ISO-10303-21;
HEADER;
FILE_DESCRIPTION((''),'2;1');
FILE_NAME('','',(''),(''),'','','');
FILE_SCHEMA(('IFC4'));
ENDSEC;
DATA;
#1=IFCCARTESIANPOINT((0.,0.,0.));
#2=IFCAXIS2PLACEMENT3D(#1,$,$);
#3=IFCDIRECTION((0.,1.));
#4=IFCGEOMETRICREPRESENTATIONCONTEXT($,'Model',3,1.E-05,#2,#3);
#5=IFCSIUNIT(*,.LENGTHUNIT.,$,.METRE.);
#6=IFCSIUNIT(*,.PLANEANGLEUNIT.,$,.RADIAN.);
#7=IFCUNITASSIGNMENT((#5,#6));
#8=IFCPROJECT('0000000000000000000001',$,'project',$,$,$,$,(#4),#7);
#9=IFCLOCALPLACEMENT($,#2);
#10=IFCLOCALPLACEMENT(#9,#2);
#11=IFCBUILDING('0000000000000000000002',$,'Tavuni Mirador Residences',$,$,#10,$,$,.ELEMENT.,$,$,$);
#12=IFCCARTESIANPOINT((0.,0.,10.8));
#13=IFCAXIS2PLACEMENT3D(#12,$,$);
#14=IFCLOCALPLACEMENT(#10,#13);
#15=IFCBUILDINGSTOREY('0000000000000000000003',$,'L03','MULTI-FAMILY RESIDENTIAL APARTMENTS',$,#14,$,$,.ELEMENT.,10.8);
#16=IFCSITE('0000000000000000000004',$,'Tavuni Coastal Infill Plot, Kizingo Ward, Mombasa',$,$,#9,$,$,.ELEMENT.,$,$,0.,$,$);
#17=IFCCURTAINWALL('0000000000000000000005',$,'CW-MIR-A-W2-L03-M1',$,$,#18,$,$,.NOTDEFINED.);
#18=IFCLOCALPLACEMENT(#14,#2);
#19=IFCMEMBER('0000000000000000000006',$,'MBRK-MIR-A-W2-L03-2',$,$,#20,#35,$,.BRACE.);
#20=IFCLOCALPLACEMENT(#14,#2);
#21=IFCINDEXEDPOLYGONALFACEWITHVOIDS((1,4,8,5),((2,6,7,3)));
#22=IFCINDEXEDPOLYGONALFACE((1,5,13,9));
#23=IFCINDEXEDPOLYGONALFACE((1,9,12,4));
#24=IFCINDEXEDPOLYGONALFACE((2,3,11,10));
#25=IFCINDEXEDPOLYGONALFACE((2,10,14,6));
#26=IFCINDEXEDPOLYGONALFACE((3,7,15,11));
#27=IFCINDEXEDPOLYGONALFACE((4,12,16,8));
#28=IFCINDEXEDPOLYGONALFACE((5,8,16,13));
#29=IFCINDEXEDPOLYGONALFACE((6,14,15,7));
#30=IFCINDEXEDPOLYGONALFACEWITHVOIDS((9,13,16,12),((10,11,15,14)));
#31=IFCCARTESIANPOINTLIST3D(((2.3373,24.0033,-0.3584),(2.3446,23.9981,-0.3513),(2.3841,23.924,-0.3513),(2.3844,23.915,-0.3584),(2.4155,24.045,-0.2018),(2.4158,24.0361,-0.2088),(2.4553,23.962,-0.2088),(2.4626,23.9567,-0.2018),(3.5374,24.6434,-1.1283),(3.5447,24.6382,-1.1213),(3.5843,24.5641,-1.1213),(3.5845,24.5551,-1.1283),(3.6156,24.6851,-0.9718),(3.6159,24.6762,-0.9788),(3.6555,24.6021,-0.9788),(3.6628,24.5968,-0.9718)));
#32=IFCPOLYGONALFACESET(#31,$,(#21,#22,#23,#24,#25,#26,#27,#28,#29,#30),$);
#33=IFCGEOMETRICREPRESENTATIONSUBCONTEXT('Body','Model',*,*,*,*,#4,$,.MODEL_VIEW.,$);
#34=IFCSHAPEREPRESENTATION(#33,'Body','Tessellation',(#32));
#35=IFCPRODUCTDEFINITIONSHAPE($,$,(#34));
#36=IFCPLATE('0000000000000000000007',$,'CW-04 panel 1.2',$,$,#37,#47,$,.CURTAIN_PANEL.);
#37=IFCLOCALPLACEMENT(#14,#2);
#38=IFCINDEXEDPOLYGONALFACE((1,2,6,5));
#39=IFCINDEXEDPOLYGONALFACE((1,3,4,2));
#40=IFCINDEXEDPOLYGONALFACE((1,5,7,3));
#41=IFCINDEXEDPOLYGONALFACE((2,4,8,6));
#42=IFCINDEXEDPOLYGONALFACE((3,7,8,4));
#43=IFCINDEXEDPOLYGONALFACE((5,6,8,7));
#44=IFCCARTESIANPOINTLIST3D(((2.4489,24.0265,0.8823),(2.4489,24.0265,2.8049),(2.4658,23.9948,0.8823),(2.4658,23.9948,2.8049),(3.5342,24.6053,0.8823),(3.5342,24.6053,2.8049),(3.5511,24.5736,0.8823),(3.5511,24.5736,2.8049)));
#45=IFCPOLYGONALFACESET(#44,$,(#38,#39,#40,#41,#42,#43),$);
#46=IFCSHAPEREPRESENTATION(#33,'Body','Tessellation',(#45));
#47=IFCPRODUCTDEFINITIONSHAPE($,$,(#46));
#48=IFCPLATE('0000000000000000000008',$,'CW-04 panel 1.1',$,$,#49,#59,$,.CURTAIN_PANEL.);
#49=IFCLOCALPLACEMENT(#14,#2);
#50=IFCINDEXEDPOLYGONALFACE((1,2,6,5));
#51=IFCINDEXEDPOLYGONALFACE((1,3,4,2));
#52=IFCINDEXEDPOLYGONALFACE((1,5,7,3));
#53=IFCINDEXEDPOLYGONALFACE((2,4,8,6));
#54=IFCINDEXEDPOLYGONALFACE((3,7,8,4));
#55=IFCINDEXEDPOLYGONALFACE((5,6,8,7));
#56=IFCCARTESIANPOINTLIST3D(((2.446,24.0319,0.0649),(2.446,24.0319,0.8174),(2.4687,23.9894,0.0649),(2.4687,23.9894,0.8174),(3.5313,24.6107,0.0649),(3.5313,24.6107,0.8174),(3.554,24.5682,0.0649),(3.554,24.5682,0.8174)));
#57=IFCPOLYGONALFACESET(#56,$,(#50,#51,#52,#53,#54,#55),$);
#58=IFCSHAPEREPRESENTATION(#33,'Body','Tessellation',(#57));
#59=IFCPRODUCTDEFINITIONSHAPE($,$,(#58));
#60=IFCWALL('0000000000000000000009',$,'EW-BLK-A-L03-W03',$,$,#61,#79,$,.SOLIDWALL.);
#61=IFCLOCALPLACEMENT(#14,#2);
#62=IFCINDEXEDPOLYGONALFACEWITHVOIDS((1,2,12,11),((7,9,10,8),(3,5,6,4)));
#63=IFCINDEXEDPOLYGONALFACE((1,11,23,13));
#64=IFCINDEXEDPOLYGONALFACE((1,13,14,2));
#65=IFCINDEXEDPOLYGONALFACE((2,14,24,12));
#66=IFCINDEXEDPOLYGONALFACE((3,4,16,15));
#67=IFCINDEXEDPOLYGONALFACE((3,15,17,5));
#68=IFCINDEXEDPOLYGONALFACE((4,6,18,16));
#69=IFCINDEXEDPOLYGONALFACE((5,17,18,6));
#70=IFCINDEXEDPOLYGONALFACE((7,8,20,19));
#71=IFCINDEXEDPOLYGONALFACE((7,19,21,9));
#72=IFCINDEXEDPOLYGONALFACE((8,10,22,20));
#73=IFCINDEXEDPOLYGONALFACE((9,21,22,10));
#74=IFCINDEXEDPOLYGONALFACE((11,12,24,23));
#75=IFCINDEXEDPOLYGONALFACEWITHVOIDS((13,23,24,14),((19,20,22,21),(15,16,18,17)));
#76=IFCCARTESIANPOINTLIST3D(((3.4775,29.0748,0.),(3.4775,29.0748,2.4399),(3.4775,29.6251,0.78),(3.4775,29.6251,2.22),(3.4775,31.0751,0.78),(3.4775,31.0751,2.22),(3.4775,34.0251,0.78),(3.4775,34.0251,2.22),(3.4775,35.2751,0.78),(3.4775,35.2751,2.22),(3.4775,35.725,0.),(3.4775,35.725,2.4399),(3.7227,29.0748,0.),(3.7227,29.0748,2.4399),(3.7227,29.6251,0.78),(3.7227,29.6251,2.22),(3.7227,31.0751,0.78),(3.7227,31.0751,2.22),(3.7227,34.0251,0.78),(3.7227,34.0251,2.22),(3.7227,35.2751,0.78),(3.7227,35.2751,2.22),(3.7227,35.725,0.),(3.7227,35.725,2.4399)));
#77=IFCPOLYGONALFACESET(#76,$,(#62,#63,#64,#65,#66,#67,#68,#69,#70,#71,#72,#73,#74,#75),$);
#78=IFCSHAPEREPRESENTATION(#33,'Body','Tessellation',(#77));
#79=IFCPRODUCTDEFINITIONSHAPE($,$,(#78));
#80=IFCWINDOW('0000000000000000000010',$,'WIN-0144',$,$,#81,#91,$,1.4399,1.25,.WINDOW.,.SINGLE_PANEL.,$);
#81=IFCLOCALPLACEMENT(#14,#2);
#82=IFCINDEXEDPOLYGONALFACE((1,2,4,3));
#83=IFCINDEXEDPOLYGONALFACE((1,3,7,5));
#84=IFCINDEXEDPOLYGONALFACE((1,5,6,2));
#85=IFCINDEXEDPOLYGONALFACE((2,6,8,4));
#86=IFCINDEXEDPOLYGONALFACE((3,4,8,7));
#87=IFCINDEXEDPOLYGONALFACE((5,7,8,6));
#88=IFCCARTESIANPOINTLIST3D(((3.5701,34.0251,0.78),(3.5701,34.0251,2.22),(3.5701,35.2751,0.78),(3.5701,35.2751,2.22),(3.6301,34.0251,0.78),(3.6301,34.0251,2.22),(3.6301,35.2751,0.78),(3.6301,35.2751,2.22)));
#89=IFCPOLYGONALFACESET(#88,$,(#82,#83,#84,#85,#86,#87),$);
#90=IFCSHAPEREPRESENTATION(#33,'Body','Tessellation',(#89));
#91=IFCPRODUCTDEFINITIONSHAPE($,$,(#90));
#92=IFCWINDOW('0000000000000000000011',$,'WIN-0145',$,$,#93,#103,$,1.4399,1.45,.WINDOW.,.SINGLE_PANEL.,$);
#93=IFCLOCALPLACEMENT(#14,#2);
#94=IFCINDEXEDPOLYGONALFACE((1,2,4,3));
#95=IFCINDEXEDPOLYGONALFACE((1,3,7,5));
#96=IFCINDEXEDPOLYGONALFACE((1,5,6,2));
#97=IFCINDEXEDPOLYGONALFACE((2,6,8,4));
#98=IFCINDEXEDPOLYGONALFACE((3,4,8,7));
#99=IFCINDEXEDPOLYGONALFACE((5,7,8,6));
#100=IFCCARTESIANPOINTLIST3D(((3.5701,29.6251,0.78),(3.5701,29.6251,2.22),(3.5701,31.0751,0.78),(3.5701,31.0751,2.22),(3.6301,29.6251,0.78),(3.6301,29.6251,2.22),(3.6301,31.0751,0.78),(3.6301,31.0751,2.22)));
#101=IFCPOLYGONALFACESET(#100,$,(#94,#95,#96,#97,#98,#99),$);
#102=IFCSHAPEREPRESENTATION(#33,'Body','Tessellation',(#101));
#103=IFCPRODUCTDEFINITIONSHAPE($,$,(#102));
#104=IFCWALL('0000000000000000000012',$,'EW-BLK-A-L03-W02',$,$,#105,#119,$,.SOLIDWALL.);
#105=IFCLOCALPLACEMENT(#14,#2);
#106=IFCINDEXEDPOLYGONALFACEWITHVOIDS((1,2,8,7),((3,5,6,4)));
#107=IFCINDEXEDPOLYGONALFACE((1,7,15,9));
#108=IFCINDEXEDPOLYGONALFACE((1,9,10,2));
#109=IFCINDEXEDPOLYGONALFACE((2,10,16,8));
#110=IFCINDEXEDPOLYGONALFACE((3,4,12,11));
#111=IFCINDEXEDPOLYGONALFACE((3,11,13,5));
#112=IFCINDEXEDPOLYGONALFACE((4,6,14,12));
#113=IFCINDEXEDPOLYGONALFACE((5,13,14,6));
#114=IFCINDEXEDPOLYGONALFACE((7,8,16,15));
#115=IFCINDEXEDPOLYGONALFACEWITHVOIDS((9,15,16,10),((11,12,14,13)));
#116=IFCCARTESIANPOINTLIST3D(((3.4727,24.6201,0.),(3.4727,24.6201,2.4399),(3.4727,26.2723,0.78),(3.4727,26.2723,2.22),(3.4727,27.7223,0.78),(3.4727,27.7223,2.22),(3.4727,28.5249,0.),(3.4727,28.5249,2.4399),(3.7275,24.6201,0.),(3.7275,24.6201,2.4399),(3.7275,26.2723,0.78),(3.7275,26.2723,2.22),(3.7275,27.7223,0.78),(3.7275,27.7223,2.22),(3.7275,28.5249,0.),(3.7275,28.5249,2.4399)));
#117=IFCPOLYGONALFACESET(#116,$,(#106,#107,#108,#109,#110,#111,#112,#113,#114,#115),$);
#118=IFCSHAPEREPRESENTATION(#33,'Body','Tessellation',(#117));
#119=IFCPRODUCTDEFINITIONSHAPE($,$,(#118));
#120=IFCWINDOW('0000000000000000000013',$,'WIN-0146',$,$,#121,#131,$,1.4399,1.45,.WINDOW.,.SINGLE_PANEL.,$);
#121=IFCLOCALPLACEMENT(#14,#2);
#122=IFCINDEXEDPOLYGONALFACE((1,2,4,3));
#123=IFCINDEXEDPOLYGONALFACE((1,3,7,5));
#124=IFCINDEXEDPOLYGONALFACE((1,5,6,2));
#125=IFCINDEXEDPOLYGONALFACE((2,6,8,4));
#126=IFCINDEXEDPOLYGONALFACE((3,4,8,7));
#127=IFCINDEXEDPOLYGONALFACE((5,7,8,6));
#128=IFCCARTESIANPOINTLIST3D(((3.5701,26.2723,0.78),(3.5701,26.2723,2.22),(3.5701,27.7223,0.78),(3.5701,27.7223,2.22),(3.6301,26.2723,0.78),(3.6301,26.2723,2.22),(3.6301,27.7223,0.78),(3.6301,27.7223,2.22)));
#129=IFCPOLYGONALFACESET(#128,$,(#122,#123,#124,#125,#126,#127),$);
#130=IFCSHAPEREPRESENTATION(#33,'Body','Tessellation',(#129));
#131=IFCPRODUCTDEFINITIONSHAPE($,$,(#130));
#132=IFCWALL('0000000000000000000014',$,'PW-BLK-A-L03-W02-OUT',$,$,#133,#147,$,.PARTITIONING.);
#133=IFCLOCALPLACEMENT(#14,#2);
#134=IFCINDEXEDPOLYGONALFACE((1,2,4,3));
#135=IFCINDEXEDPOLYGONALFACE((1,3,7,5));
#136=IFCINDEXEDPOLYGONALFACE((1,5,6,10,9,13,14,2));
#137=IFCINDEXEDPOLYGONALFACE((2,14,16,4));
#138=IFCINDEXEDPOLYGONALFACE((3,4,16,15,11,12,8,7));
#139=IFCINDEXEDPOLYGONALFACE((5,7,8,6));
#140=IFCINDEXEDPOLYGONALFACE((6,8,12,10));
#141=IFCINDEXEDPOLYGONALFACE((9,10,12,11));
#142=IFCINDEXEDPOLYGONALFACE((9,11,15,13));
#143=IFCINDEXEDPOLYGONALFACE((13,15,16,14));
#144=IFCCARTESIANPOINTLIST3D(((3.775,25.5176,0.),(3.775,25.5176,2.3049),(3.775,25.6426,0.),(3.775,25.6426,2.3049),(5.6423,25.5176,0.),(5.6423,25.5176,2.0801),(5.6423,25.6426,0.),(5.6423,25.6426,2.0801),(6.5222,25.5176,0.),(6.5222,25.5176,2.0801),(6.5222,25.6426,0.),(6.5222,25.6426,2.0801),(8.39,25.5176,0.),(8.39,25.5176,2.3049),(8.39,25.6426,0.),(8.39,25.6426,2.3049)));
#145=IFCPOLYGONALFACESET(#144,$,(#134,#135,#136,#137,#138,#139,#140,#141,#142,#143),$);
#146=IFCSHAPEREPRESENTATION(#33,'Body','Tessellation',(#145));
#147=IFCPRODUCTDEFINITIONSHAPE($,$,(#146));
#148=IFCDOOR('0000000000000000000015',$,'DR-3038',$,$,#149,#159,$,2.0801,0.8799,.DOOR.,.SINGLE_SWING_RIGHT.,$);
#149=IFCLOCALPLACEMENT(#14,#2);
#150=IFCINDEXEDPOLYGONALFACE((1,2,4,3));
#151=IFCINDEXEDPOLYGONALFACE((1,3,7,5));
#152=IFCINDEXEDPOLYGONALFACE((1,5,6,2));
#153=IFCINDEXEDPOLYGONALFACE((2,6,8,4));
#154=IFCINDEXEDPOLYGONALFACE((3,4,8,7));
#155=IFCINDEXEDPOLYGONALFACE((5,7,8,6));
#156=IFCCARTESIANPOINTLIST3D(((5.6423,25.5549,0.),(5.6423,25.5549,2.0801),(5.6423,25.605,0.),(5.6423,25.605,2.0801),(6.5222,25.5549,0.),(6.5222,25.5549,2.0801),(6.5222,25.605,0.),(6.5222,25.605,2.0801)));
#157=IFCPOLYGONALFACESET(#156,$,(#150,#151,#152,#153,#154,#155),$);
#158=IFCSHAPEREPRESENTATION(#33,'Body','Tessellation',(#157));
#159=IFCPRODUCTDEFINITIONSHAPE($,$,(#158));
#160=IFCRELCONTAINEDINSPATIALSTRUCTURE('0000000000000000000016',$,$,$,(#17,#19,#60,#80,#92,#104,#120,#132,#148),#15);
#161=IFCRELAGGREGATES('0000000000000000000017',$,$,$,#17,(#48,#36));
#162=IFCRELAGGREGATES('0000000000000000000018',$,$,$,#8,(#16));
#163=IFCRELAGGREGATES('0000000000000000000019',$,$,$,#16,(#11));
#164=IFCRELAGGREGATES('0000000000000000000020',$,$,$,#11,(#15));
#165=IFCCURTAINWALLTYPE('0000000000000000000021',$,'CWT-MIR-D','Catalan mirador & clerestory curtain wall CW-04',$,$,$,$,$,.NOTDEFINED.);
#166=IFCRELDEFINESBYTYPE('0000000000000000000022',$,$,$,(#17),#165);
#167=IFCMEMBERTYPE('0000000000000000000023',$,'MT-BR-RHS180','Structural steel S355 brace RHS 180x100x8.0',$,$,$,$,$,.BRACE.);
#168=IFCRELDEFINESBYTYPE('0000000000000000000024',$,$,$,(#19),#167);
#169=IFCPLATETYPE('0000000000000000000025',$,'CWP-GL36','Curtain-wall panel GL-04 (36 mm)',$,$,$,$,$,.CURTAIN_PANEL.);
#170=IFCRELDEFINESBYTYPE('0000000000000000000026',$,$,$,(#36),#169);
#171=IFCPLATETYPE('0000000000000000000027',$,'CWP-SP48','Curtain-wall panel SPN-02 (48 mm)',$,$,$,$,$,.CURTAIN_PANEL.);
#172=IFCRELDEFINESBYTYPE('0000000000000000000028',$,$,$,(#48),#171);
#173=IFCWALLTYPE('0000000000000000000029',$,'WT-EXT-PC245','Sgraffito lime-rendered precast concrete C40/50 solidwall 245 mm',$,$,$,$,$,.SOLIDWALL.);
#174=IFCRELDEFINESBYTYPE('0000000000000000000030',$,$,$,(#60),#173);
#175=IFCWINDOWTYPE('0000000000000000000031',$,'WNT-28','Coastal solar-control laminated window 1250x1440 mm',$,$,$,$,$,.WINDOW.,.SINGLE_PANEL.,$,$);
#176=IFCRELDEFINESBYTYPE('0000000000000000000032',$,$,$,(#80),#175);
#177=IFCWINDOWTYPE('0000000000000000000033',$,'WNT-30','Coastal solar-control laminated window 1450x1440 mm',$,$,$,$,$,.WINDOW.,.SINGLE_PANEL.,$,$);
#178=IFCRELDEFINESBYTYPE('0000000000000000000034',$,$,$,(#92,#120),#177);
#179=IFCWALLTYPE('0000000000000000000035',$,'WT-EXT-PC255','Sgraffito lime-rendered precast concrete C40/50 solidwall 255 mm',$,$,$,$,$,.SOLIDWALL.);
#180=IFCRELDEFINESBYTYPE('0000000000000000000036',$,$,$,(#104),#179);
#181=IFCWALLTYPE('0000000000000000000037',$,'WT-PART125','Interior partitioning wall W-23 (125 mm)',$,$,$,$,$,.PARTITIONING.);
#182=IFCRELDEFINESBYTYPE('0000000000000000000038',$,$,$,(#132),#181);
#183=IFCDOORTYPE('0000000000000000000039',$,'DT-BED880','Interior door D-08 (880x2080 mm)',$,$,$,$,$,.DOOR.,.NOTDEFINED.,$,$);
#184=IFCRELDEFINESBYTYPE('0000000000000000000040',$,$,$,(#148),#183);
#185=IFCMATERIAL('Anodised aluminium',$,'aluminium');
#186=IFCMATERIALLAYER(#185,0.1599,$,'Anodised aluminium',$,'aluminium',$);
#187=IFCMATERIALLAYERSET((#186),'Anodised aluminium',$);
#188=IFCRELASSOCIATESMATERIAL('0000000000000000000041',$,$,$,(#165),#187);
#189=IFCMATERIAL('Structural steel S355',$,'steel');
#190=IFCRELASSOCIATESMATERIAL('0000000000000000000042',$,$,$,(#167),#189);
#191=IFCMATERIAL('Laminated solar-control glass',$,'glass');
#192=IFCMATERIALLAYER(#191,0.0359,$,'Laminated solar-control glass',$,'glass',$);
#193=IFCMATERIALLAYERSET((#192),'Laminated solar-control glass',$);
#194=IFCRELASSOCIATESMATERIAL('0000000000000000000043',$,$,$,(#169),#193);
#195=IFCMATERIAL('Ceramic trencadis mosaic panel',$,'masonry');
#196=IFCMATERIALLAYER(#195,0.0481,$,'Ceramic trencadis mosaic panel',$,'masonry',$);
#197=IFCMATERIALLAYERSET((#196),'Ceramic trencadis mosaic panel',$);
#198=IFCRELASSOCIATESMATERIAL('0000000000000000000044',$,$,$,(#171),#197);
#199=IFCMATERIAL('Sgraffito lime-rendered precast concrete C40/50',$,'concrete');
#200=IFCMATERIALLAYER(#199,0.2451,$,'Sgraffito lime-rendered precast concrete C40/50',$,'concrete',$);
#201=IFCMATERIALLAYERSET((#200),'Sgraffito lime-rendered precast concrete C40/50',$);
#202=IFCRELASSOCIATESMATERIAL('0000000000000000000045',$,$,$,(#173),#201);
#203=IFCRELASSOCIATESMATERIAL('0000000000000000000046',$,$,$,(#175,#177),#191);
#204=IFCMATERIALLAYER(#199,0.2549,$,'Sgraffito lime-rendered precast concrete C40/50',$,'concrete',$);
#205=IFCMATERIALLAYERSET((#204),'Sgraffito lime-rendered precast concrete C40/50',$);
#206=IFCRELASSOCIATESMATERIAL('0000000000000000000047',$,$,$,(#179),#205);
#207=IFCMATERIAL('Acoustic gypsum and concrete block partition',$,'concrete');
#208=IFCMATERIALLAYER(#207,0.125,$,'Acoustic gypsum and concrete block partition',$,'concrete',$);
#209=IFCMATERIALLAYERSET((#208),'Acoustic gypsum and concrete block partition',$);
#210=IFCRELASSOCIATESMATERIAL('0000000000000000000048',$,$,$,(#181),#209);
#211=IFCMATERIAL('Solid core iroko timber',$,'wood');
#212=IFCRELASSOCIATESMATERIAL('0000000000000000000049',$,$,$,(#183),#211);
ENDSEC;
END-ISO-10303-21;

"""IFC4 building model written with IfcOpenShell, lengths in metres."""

from ifc_helpers import new_model, si_unit, direction, frame, frame_2d, origin, origin_2d, place, context, subcontext, project, spatial, rectangle, hollow_rectangle, extrude, material, layer, layer_set, material_profile, profile_set, type_object, element, fill, aggregate, save


model = new_model("IFC4")

# Units and contexts
model_context = context("Model", 3, precision=1e-05, world=origin(), true_north=direction((0.0, 1.0)))
body_context = subcontext(model_context, "Body", "Model", "MODEL_VIEW")
ifc_project = project(units=[si_unit("LENGTHUNIT", "METRE"), si_unit("PLANEANGLEUNIT", "RADIAN")], contexts=[model_context])

# Site, building, storey
site_placement = place(None, origin())
site = spatial("IfcSite", under=ifc_project, at=site_placement, Name="Tavuni Coastal Infill Plot, Kizingo Ward, Mombasa", CompositionType="ELEMENT", RefElevation=0.0)
building_placement = place(site_placement, origin())
building = spatial("IfcBuilding", under=site, at=building_placement, Name="Tavuni Mirador Residences", CompositionType="ELEMENT")
storey_placement = place(building_placement, frame((0.0, 0.0, 10.8)))
storey = spatial("IfcBuildingStorey", under=building, at=storey_placement, Name="L03", Description="MULTI-FAMILY RESIDENTIAL APARTMENTS", CompositionType="ELEMENT", Elevation=10.8)

# Shared definitions
ifc_material_1 = material(Name="Anodised aluminium", Category="aluminium")

# Curtain wall
ifc_layer_1 = layer(ifc_material_1, 0.1599, Name="Anodised aluminium", Category="aluminium")
ifc_layer_set_1 = layer_set([ifc_layer_1], Name="Anodised aluminium")
curtain_wall_type_1 = type_object("IfcCurtainWallType", Name="CWT-MIR-D", Description="Catalan mirador & clerestory curtain wall CW-04", PredefinedType="NOTDEFINED", material=ifc_layer_set_1)
curtain_wall_1_placement = place(storey_placement, origin())
curtain_wall_1 = element("IfcCurtainWall", 1, at=curtain_wall_1_placement, inside=storey, type_object=curtain_wall_type_1, Name="CW-MIR-A-W2-L03-M1", PredefinedType="NOTDEFINED")

# Member
ifc_material_2 = material(Name="Structural steel S355", Category="steel")
ifc_material_profile_1 = material_profile(ifc_material_2, hollow_rectangle(XDim=0.1001, YDim=0.1799, WallThickness=0.0081, at=origin_2d()), Name="RHS 180x100x8.0", Category="steel")
ifc_profile_set_1 = profile_set([ifc_material_profile_1], Name="Structural steel S355")
member_type_1 = type_object("IfcMemberType", Name="MT-BR-RHS180", Description="Structural steel S355 brace RHS 180x100x8.0", PredefinedType="BRACE", material=ifc_profile_set_1)
member_1_placement = place(storey_placement, frame((3.6001, 24.6201, -1.05), z_axis=(-0.767847, -0.409539, 0.492634), x_axis=(0.470607, -0.882343, 0.0)))
element("IfcMember", 2, at=member_1_placement, inside=storey, type_object=member_type_1, Name="MBRK-MIR-A-W2-L03-2", PredefinedType="BRACE", context=body_context, shape_type="SweptSolid", body=[
    extrude(hollow_rectangle(XDim=0.1001, YDim=0.1799, WallThickness=0.0081, at=origin_2d()), origin(), (0.0, 0.0, 1.0), 1.563),
])

# Plates
ifc_material_3 = material(Name="Laminated solar-control glass", Category="glass")
ifc_layer_2 = layer(ifc_material_3, 0.0359, Name="Laminated solar-control glass", Category="glass")
ifc_layer_set_2 = layer_set([ifc_layer_2], Name="Laminated solar-control glass")
plate_type_1 = type_object("IfcPlateType", Name="CWP-GL36", Description="Curtain-wall panel GL-04 (36 mm)", PredefinedType="CURTAIN_PANEL", material=ifc_layer_set_2)
plate_1_placement = place(storey_placement, frame((3.0, 24.3, 0.8823), z_axis=(0.0, 0.0, 1.0), x_axis=(-0.882353, -0.470588, 0.0)))
plate_1 = element("IfcPlate", 3, at=plate_1_placement, type_object=plate_type_1, Name="CW-04 panel 1.2", PredefinedType="CURTAIN_PANEL", context=body_context, shape_type="SweptSolid", body=[
    extrude(rectangle(XDim=1.23, YDim=0.0359, at=origin_2d()), origin(), (0.0, 0.0, 1.0), 1.9226),
])
ifc_material_4 = material(Name="Ceramic trencadis mosaic panel", Category="masonry")
ifc_layer_3 = layer(ifc_material_4, 0.0481, Name="Ceramic trencadis mosaic panel", Category="masonry")
ifc_layer_set_3 = layer_set([ifc_layer_3], Name="Ceramic trencadis mosaic panel")
plate_type_2 = type_object("IfcPlateType", Name="CWP-SP48", Description="Curtain-wall panel SPN-02 (48 mm)", PredefinedType="CURTAIN_PANEL", material=ifc_layer_set_3)
plate_2_placement = place(storey_placement, frame((3.0, 24.3, 0.0649), z_axis=(0.0, 0.0, 1.0), x_axis=(-0.882353, -0.470588, 0.0)))
plate_2 = element("IfcPlate", 4, at=plate_2_placement, type_object=plate_type_2, Name="CW-04 panel 1.1", PredefinedType="CURTAIN_PANEL", context=body_context, shape_type="SweptSolid", body=[
    extrude(rectangle(XDim=1.23, YDim=0.0481, at=origin_2d()), origin(), (0.0, 0.0, 1.0), 0.7524),
])
aggregate(curtain_wall_1, [plate_2, plate_1])

# Wall, openings, windows
ifc_material_5 = material(Name="Sgraffito lime-rendered precast concrete C40/50", Category="concrete")
ifc_layer_4 = layer(ifc_material_5, 0.2451, Name="Sgraffito lime-rendered precast concrete C40/50", Category="concrete")
ifc_layer_set_4 = layer_set([ifc_layer_4], Name="Sgraffito lime-rendered precast concrete C40/50")
wall_type_1 = type_object("IfcWallType", Name="WT-EXT-PC245", Description="Sgraffito lime-rendered precast concrete C40/50 solidwall 245 mm", PredefinedType="SOLIDWALL", material=ifc_layer_set_4)
wall_1_placement = place(storey_placement, frame((3.6001, 35.7251, 0.0), z_axis=(0.0, 0.0, 1.0), x_axis=(0.0, -1.0, 0.0)))
wall_1 = element("IfcWall", 5, at=wall_1_placement, inside=storey, type_object=wall_type_1, Name="EW-BLK-A-L03-W03", PredefinedType="SOLIDWALL", context=body_context, shape_type="SweptSolid", body=[
    extrude(rectangle(XDim=6.6501, YDim=0.2451, at=frame_2d((3.3252, 0.0))), origin(), (0.0, 0.0, 1.0), 2.4399),
])
opening_1_placement = place(wall_1_placement, frame((0.45, 0.0, 0.78)))
opening_1 = element("IfcOpeningElement", 6, at=opening_1_placement, cuts=wall_1, PredefinedType="OPENING", context=body_context, shape_type="SweptSolid", body=[
    extrude(rectangle(XDim=1.25, YDim=1.4399, at=frame_2d((0.625, 0.72))), frame((0.0, 0.1326, 0.0), z_axis=(0.0, -1.0, 0.0), x_axis=(1.0, 0.0, 0.0)), (0.0, 0.0, 1.0), 0.2651),
])
opening_2_placement = place(wall_1_placement, frame((4.6499, 0.0, 0.78)))
opening_2 = element("IfcOpeningElement", 7, at=opening_2_placement, cuts=wall_1, PredefinedType="OPENING", context=body_context, shape_type="SweptSolid", body=[
    extrude(rectangle(XDim=1.45, YDim=1.4399, at=frame_2d((0.7251, 0.72))), frame((0.0, 0.1326, 0.0), z_axis=(0.0, -1.0, 0.0), x_axis=(1.0, 0.0, 0.0)), (0.0, 0.0, 1.0), 0.2651),
])
window_type_1 = type_object("IfcWindowType", Name="WNT-28", Description="Coastal solar-control laminated window 1250x1440 mm", PartitioningType="SINGLE_PANEL", PredefinedType="WINDOW", material=ifc_material_3)
window_1_placement = place(opening_1_placement, origin())
window_1 = element("IfcWindow", 8, at=window_1_placement, inside=storey, type_object=window_type_1, Name="WIN-0144", OverallHeight=1.4399, OverallWidth=1.25, PartitioningType="SINGLE_PANEL", PredefinedType="WINDOW", context=body_context, shape_type="SweptSolid", body=[
    extrude(rectangle(XDim=1.25, YDim=1.4399, at=frame_2d((0.625, 0.72))), frame((0.0, 0.03, 0.0), z_axis=(0.0, -1.0, 0.0), x_axis=(1.0, 0.0, 0.0)), (0.0, 0.0, 1.0), 0.0601),
])
fill(opening_1, window_1)
window_type_2 = type_object("IfcWindowType", Name="WNT-30", Description="Coastal solar-control laminated window 1450x1440 mm", PartitioningType="SINGLE_PANEL", PredefinedType="WINDOW", material=ifc_material_3)
window_2_placement = place(opening_2_placement, origin())
window_2 = element("IfcWindow", 9, at=window_2_placement, inside=storey, type_object=window_type_2, Name="WIN-0145", OverallHeight=1.4399, OverallWidth=1.45, PartitioningType="SINGLE_PANEL", PredefinedType="WINDOW", context=body_context, shape_type="SweptSolid", body=[
    extrude(rectangle(XDim=1.45, YDim=1.4399, at=frame_2d((0.7251, 0.72))), frame((0.0, 0.03, 0.0), z_axis=(0.0, -1.0, 0.0), x_axis=(1.0, 0.0, 0.0)), (0.0, 0.0, 1.0), 0.0601),
])
fill(opening_2, window_2)

# Wall, opening, window
ifc_layer_5 = layer(ifc_material_5, 0.2549, Name="Sgraffito lime-rendered precast concrete C40/50", Category="concrete")
ifc_layer_set_5 = layer_set([ifc_layer_5], Name="Sgraffito lime-rendered precast concrete C40/50")
wall_type_2 = type_object("IfcWallType", Name="WT-EXT-PC255", Description="Sgraffito lime-rendered precast concrete C40/50 solidwall 255 mm", PredefinedType="SOLIDWALL", material=ifc_layer_set_5)
wall_2_placement = place(storey_placement, frame((3.6001, 28.5249, 0.0), z_axis=(0.0, 0.0, 1.0), x_axis=(0.0, -1.0, 0.0)))
wall_2 = element("IfcWall", 10, at=wall_2_placement, inside=storey, type_object=wall_type_2, Name="EW-BLK-A-L03-W02", PredefinedType="SOLIDWALL", context=body_context, shape_type="SweptSolid", body=[
    extrude(rectangle(XDim=3.9048, YDim=0.2549, at=frame_2d((1.9524, 0.0))), origin(), (0.0, 0.0, 1.0), 2.4399),
])
opening_3_placement = place(wall_2_placement, frame((0.8025, 0.0, 0.78)))
opening_3 = element("IfcOpeningElement", 11, at=opening_3_placement, cuts=wall_2, PredefinedType="OPENING", context=body_context, shape_type="SweptSolid", body=[
    extrude(rectangle(XDim=1.45, YDim=1.4399, at=frame_2d((0.7251, 0.72))), frame((0.0, 0.1375, 0.0), z_axis=(0.0, -1.0, 0.0), x_axis=(1.0, 0.0, 0.0)), (0.0, 0.0, 1.0), 0.2749),
])
window_3_placement = place(opening_3_placement, origin())
window_3 = element("IfcWindow", 12, at=window_3_placement, inside=storey, type_object=window_type_2, Name="WIN-0146", OverallHeight=1.4399, OverallWidth=1.45, PartitioningType="SINGLE_PANEL", PredefinedType="WINDOW", context=body_context, shape_type="SweptSolid", body=[
    extrude(rectangle(XDim=1.45, YDim=1.4399, at=frame_2d((0.7251, 0.72))), frame((0.0, 0.03, 0.0), z_axis=(0.0, -1.0, 0.0), x_axis=(1.0, 0.0, 0.0)), (0.0, 0.0, 1.0), 0.0601),
])
fill(opening_3, window_3)

# Wall, opening, door
ifc_material_6 = material(Name="Acoustic gypsum and concrete block partition", Category="concrete")
ifc_layer_6 = layer(ifc_material_6, 0.125, Name="Acoustic gypsum and concrete block partition", Category="concrete")
ifc_layer_set_6 = layer_set([ifc_layer_6], Name="Acoustic gypsum and concrete block partition")
wall_type_3 = type_object("IfcWallType", Name="WT-PART125", Description="Interior partitioning wall W-23 (125 mm)", PredefinedType="PARTITIONING", material=ifc_layer_set_6)
wall_3_placement = place(storey_placement, frame((3.7749, 25.5801, 0.0), z_axis=(0.0, 0.0, 1.0), x_axis=(1.0, 0.0, 0.0)))
wall_3 = element("IfcWall", 13, at=wall_3_placement, inside=storey, type_object=wall_type_3, Name="PW-BLK-A-L03-W02-OUT", PredefinedType="PARTITIONING", context=body_context, shape_type="SweptSolid", body=[
    extrude(rectangle(XDim=4.615, YDim=0.125, at=frame_2d((2.3076, 0.0))), origin(), (0.0, 0.0, 1.0), 2.3049),
])
opening_4_placement = place(wall_3_placement, frame((1.8674, 0.0, 0.0)))
opening_4 = element("IfcOpeningElement", 14, at=opening_4_placement, cuts=wall_3, PredefinedType="OPENING", context=body_context, shape_type="SweptSolid", body=[
    extrude(rectangle(XDim=0.8799, YDim=2.0801, at=frame_2d((0.4399, 1.04))), frame((0.0, 0.0725, 0.0), z_axis=(0.0, -1.0, 0.0), x_axis=(1.0, 0.0, 0.0)), (0.0, 0.0, 1.0), 0.145),
])
ifc_material_7 = material(Name="Solid core iroko timber", Category="wood")
door_type = type_object("IfcDoorType", Name="DT-BED880", Description="Interior door D-08 (880x2080 mm)", OperationType="NOTDEFINED", PredefinedType="DOOR", material=ifc_material_7)
door_placement = place(opening_4_placement, origin())
door = element("IfcDoor", 15, at=door_placement, inside=storey, type_object=door_type, Name="DR-3038", OperationType="SINGLE_SWING_RIGHT", OverallHeight=2.0801, OverallWidth=0.8799, PredefinedType="DOOR", context=body_context, shape_type="SweptSolid", body=[
    extrude(rectangle(XDim=0.8799, YDim=2.0801, at=frame_2d((0.4399, 1.04))), frame((0.0, 0.0249, 0.0), z_axis=(0.0, -1.0, 0.0), x_axis=(1.0, 0.0, 0.0)), (0.0, 0.0, 1.0), 0.05),
])
fill(opening_4, door)

save(model, "model.ifc")
